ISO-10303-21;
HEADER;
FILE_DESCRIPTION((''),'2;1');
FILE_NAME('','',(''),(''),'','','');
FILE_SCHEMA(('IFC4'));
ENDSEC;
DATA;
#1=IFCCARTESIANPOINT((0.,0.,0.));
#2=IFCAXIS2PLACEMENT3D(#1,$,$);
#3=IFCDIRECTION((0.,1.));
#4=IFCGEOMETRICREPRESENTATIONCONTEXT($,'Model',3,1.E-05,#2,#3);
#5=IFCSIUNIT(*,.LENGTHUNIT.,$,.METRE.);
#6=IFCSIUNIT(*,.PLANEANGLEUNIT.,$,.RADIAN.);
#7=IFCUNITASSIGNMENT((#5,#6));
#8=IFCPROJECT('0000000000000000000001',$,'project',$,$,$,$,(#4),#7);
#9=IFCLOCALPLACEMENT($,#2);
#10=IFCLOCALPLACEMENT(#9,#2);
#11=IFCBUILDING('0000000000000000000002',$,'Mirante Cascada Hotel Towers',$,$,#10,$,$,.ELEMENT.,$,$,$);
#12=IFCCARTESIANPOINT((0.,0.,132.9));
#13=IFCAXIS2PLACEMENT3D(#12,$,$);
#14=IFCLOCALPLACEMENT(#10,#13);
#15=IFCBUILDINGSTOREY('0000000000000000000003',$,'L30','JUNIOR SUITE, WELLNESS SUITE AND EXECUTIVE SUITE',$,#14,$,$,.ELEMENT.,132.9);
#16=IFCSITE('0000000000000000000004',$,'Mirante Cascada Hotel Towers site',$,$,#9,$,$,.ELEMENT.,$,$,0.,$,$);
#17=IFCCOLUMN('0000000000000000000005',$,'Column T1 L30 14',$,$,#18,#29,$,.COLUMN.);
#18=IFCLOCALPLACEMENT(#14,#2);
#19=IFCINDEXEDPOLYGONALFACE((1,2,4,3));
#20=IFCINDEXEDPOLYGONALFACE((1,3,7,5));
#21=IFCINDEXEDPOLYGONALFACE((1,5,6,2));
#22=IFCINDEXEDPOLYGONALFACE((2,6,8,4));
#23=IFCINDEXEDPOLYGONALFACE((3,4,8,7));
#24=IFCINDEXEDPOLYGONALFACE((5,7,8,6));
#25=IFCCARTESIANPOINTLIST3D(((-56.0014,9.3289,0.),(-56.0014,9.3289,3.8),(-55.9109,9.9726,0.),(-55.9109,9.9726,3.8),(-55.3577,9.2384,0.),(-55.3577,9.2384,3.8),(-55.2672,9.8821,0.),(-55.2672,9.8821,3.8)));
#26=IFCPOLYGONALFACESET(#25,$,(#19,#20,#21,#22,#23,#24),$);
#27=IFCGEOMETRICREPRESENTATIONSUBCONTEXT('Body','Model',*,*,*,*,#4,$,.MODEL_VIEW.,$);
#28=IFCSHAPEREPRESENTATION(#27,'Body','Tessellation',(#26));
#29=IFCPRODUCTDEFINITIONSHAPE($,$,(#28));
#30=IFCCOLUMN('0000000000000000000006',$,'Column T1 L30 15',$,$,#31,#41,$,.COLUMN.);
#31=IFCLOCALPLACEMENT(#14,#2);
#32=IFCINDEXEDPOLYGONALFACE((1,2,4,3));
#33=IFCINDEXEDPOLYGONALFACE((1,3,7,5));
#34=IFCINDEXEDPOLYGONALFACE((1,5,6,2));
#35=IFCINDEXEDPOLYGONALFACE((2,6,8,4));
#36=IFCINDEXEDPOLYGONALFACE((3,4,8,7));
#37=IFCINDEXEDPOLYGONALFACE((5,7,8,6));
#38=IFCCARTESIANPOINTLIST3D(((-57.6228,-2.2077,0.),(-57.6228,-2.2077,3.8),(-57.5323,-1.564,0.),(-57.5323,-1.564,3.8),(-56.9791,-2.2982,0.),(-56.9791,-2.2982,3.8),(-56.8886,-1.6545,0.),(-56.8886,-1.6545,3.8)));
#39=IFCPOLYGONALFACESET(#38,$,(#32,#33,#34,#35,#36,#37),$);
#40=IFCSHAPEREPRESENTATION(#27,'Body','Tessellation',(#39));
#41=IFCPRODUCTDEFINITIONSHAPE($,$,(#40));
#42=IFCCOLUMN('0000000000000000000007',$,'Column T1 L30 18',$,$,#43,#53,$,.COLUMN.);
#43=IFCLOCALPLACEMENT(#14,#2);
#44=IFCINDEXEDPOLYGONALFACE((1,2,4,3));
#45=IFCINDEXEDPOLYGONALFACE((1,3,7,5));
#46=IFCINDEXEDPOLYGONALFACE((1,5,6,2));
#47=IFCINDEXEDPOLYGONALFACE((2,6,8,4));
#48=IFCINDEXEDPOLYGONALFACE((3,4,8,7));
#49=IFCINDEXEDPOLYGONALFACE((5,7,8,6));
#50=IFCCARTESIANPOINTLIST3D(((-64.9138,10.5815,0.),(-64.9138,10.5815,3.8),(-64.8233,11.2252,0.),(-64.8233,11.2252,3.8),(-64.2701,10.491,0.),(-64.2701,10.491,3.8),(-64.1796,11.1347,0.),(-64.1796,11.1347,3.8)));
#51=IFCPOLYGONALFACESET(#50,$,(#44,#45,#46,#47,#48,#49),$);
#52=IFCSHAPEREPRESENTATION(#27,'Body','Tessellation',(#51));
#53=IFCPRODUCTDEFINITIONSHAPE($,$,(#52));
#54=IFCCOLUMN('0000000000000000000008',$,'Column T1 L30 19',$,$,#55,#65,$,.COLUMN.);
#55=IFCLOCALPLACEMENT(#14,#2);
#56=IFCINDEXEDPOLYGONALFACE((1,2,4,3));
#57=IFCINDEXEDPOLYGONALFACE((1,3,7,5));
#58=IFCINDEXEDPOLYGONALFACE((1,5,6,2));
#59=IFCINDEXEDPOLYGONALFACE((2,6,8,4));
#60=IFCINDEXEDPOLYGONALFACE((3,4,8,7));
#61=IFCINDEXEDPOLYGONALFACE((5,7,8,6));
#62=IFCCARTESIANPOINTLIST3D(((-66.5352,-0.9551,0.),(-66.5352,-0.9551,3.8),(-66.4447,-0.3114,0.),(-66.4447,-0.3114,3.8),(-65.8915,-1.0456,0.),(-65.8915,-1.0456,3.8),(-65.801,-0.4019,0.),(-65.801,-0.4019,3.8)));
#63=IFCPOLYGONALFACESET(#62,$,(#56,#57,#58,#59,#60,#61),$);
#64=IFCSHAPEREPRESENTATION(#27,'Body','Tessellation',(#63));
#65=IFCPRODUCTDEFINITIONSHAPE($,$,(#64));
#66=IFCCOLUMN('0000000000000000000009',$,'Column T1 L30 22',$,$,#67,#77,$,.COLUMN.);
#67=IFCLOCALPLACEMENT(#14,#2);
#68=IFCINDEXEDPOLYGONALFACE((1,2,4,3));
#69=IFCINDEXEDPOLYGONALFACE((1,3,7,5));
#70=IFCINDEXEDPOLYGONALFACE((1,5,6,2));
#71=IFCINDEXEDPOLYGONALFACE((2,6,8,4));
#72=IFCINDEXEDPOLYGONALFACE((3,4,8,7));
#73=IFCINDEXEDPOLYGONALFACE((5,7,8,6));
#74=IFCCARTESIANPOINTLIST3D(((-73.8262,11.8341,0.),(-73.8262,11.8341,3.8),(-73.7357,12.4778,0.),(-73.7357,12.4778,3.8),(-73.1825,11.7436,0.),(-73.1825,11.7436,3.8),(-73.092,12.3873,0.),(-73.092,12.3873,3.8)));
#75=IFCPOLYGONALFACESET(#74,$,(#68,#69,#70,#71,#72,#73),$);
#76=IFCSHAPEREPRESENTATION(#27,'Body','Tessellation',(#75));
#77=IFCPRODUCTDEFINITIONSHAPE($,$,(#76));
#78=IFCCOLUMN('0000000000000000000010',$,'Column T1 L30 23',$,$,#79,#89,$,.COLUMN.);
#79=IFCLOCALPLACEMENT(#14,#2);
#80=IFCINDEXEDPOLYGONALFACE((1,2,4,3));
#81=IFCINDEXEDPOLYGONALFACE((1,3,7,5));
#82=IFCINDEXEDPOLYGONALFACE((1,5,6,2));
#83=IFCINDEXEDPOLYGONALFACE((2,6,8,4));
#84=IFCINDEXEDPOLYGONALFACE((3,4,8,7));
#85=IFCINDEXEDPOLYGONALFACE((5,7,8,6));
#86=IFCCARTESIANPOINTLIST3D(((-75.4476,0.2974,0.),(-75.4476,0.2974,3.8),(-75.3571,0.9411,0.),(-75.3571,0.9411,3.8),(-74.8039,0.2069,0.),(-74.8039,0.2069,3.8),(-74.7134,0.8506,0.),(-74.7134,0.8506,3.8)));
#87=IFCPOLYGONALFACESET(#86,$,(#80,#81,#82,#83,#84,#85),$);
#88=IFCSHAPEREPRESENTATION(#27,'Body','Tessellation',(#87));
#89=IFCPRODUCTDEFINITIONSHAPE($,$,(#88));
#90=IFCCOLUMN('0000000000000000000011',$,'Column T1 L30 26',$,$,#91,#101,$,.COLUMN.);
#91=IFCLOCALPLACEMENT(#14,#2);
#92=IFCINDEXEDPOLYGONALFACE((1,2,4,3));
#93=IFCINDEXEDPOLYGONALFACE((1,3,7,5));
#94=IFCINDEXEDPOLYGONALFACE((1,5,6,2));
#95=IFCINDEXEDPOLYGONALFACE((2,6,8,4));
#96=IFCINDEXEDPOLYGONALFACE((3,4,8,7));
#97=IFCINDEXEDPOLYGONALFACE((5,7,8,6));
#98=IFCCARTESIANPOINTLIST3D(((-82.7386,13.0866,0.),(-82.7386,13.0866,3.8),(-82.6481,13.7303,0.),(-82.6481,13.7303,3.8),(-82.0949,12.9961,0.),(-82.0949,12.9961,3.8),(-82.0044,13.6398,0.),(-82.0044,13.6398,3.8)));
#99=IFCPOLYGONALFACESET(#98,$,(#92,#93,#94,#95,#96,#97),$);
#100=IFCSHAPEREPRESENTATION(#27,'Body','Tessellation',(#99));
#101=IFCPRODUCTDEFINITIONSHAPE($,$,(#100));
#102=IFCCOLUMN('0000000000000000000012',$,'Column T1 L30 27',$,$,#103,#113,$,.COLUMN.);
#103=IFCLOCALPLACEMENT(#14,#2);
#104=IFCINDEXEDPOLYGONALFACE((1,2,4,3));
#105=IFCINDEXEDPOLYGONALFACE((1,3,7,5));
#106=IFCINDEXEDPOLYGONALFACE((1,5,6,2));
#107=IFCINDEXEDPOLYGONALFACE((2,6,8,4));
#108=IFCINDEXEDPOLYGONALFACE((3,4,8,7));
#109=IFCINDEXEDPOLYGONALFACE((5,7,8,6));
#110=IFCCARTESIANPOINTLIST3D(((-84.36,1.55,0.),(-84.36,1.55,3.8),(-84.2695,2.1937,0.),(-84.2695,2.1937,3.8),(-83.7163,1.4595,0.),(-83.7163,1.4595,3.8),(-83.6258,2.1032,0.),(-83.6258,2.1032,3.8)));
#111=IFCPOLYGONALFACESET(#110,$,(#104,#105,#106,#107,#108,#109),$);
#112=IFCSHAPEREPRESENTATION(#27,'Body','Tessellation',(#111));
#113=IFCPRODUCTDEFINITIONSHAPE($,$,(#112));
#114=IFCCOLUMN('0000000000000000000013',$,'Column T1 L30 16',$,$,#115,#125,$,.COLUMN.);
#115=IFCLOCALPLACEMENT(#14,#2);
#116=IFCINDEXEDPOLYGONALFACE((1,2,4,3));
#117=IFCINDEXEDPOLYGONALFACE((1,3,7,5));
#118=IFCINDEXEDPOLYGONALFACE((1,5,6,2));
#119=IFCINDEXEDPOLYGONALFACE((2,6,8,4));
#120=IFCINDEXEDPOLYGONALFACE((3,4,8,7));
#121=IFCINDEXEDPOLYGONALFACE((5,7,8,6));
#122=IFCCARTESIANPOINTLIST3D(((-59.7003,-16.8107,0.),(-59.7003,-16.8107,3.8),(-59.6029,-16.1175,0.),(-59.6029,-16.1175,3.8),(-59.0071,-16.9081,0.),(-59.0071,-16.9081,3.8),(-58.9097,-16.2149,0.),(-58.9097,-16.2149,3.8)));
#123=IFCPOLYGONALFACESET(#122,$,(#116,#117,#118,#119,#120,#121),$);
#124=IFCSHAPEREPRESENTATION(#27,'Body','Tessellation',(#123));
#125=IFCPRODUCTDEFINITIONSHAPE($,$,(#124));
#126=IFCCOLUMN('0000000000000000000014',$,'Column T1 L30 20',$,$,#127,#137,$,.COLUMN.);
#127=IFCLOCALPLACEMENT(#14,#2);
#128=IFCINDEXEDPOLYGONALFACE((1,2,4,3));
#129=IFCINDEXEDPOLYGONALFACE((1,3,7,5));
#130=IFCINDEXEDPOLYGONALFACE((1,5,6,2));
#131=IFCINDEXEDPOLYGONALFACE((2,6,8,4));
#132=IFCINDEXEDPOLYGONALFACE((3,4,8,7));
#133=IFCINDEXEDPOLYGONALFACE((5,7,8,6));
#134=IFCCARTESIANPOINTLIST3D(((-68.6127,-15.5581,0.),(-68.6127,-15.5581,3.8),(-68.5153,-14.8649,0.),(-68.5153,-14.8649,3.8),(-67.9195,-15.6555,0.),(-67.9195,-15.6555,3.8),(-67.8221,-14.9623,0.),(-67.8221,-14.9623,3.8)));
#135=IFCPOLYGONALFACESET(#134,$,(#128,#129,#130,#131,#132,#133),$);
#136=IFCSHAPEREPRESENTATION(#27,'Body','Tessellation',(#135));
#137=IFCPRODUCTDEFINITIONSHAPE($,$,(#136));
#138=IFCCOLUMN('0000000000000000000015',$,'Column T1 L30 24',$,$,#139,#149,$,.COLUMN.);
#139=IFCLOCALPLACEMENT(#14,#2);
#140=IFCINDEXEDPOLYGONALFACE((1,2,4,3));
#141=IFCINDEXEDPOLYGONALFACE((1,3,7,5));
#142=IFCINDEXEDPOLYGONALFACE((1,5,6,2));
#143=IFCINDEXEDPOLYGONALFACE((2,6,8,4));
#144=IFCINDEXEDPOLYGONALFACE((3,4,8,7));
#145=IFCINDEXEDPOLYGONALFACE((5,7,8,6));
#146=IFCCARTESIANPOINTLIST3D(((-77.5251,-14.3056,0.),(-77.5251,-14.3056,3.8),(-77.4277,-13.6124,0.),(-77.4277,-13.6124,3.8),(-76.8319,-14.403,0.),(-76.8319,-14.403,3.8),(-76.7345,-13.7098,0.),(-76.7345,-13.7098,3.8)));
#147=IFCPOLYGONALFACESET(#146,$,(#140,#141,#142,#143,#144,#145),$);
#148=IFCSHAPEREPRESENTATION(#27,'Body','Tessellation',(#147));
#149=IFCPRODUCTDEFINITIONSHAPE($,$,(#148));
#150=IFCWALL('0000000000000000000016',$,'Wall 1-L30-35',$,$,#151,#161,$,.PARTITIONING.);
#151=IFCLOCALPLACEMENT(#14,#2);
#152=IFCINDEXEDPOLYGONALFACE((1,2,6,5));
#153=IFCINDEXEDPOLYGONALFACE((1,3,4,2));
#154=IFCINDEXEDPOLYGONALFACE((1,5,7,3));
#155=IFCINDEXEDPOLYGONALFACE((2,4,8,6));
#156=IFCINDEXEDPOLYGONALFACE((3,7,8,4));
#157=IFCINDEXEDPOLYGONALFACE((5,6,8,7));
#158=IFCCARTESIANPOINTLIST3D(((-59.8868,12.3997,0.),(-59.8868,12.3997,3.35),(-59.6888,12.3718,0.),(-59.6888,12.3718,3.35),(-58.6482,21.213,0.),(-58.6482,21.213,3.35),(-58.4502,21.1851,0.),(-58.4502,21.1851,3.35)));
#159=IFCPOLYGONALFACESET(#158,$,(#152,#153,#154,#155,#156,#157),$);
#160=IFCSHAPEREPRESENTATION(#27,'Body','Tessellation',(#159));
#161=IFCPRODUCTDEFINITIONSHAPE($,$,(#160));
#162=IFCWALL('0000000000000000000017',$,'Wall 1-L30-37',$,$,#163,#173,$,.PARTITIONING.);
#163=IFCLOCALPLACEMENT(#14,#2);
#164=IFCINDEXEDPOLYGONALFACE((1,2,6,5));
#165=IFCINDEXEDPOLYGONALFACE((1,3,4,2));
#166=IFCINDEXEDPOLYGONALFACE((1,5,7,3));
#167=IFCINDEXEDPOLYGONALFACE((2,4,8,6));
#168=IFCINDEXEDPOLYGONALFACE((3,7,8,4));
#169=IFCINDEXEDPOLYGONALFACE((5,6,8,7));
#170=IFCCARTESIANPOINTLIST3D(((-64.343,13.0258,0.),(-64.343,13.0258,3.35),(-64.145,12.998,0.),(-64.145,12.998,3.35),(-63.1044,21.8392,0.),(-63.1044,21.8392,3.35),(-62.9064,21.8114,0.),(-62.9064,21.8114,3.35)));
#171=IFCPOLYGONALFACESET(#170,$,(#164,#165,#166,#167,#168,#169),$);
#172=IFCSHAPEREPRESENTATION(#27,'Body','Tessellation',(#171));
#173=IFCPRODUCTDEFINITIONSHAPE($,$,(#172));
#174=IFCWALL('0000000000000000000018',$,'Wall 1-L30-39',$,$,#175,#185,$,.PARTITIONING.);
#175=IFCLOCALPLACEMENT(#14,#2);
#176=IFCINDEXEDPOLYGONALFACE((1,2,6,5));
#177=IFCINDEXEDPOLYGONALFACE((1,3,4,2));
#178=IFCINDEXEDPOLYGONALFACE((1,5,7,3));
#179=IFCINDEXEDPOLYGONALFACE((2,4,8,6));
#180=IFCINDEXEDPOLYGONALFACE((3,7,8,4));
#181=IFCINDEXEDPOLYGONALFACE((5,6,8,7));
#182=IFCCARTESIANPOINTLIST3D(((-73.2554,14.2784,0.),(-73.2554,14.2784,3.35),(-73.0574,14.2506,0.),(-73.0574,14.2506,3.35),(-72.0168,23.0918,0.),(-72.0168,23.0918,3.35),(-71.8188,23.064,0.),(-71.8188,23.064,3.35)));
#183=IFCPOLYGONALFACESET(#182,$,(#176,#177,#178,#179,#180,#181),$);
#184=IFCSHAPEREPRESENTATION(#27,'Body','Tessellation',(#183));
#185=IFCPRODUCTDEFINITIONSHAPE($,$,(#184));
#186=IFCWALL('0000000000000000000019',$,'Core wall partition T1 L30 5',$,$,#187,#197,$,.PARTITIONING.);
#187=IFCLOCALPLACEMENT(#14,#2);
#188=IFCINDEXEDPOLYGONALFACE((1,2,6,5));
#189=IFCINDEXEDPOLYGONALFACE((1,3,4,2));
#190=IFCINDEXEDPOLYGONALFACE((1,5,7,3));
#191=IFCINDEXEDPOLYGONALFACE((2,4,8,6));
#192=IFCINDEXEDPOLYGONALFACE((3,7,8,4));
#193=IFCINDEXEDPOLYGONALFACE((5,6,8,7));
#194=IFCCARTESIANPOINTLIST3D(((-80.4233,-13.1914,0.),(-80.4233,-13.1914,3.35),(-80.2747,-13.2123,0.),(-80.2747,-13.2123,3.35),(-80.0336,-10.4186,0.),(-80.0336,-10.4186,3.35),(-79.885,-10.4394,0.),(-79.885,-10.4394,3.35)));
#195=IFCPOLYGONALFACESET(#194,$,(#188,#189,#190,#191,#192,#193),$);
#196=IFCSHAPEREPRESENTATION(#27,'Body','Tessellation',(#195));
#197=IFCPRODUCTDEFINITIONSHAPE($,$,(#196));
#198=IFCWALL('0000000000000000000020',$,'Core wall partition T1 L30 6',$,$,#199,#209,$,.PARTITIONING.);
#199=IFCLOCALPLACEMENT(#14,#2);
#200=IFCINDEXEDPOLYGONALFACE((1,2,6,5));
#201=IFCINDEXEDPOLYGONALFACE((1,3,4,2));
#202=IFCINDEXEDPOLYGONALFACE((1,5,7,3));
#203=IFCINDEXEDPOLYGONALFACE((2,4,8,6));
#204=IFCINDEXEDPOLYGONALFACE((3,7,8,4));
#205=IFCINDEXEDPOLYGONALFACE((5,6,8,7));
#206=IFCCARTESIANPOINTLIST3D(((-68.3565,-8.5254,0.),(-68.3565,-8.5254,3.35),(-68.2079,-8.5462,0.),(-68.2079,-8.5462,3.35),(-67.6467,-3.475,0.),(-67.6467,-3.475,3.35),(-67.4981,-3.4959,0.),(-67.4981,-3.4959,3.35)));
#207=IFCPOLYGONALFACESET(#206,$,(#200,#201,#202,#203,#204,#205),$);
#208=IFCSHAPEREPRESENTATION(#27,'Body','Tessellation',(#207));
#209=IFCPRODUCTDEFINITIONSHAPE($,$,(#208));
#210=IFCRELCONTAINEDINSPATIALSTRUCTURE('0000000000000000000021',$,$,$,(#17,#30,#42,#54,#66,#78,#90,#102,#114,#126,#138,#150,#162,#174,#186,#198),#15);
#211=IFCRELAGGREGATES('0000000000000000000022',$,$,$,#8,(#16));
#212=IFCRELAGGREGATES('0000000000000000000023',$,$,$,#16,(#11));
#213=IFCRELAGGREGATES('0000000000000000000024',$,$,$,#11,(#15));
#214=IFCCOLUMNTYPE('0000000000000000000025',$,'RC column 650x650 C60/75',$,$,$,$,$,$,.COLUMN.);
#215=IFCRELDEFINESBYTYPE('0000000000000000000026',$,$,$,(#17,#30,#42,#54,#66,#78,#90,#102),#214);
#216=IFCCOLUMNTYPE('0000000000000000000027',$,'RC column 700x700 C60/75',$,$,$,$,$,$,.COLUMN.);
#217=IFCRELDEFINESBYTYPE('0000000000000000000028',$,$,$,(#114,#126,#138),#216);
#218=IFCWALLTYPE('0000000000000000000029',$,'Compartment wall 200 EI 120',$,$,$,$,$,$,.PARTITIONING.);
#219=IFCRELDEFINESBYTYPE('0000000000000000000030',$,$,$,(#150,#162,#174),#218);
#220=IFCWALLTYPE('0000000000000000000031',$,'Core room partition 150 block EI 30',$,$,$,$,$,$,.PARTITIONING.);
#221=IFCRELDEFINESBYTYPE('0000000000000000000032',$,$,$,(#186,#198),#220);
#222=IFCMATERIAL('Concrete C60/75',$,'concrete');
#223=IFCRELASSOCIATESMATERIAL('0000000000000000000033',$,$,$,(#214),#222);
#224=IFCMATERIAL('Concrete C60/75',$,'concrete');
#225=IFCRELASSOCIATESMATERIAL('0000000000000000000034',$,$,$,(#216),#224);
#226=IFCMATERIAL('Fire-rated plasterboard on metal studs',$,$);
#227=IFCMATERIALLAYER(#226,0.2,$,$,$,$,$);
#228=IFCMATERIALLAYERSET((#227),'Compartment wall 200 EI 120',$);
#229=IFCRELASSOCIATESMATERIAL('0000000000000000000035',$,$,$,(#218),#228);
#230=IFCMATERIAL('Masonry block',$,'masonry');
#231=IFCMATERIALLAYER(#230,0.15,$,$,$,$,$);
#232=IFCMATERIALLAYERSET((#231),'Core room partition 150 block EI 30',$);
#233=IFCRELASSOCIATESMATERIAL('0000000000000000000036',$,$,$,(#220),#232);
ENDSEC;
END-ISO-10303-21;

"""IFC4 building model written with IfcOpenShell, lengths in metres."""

from ifc_helpers import new_model, si_unit, direction, frame, frame_2d, origin, origin_2d, place, context, subcontext, project, spatial, rectangle, extrude, material, layer, layer_set, material_profile, profile_set, type_object, element, save


model = new_model("IFC4")

# Units and contexts
model_context = context("Model", 3, precision=1e-05, world=origin(), true_north=direction((0.0, 1.0)))
body_context = subcontext(model_context, "Body", "Model", "MODEL_VIEW")
ifc_project = project(units=[si_unit("LENGTHUNIT", "METRE"), si_unit("PLANEANGLEUNIT", "RADIAN")], contexts=[model_context])

# Site, building, storey
site_placement = place(None, origin())
site = spatial("IfcSite", under=ifc_project, at=site_placement, Name="Mirante Cascada Hotel Towers site", CompositionType="ELEMENT", RefElevation=0.0)
building_placement = place(site_placement, origin())
building = spatial("IfcBuilding", under=site, at=building_placement, Name="Mirante Cascada Hotel Towers", CompositionType="ELEMENT")
storey_placement = place(building_placement, frame((0.0, 0.0, 132.9)))
storey = spatial("IfcBuildingStorey", under=building, at=storey_placement, Name="L30", Description="JUNIOR SUITE, WELLNESS SUITE AND EXECUTIVE SUITE", CompositionType="ELEMENT", Elevation=132.9)

# Columns
ifc_material_1 = material(Name="Concrete C60/75", Category="concrete")
ifc_material_profile_1 = material_profile(ifc_material_1, rectangle(XDim=0.65, YDim=0.65, at=origin_2d()), Name="RC column 650x650 C60/75")
ifc_profile_set_1 = profile_set([ifc_material_profile_1], Name="Concrete C60/75")
column_type_1 = type_object("IfcColumnType", Name="RC column 650x650 C60/75", PredefinedType="COLUMN", material=ifc_profile_set_1)
for number, where, z_axis, x_axis, name in (
    (1, (-55.6343, 9.6055, 0.0), (0.0, 0.0, 1.0), (-0.990268, 0.139173, 0.0), "Column T1 L30 14"),
    (2, (-57.2557, -1.9311, 0.0), (0.0, 0.0, 1.0), (-0.990268, 0.139173, 0.0), "Column T1 L30 15"),
    (3, (-64.5467, 10.8581, 0.0), (0.0, 0.0, 1.0), (-0.990268, 0.139173, 0.0), "Column T1 L30 18"),
    (4, (-66.1681, -0.6785, 0.0), (0.0, 0.0, 1.0), (-0.990268, 0.139173, 0.0), "Column T1 L30 19"),
    (5, (-73.4591, 12.1107, 0.0), (0.0, 0.0, 1.0), (-0.990268, 0.139173, 0.0), "Column T1 L30 22"),
    (6, (-75.0805, 0.574, 0.0), (0.0, 0.0, 1.0), (-0.990268, 0.139173, 0.0), "Column T1 L30 23"),
    (7, (-82.3715, 13.3632, 0.0), (0.0, 0.0, 1.0), (-0.990268, 0.139173, 0.0), "Column T1 L30 26"),
    (8, (-83.9929, 1.8266, 0.0), (0.0, 0.0, 1.0), (-0.990268, 0.139173, 0.0), "Column T1 L30 27"),
):
    element("IfcColumn", number, at=place(storey_placement, frame(where, z_axis=z_axis, x_axis=x_axis)), inside=storey, type_object=column_type_1, Name=name, PredefinedType="COLUMN", context=body_context, shape_type="SweptSolid", body=[
        extrude(rectangle(XDim=0.65, YDim=0.65, at=origin_2d()), origin(), (0.0, 0.0, 1.0), 3.8),
    ])
ifc_material_2 = material(Name="Concrete C60/75", Category="concrete")
ifc_material_profile_2 = material_profile(ifc_material_2, rectangle(XDim=0.7, YDim=0.7, at=origin_2d()), Name="RC column 700x700 C60/75")
ifc_profile_set_2 = profile_set([ifc_material_profile_2], Name="Concrete C60/75")
column_type_2 = type_object("IfcColumnType", Name="RC column 700x700 C60/75", PredefinedType="COLUMN", material=ifc_profile_set_2)
for number, where, z_axis, x_axis, name in (
    (9, (-59.305, -16.5128, 0.0), (0.0, 0.0, 1.0), (-0.990268, 0.139173, 0.0), "Column T1 L30 16"),
    (10, (-68.2174, -15.2602, 0.0), (0.0, 0.0, 1.0), (-0.990268, 0.139173, 0.0), "Column T1 L30 20"),
    (11, (-77.1298, -14.0077, 0.0), (0.0, 0.0, 1.0), (-0.990268, 0.139173, 0.0), "Column T1 L30 24"),
):
    element("IfcColumn", number, at=place(storey_placement, frame(where, z_axis=z_axis, x_axis=x_axis)), inside=storey, type_object=column_type_2, Name=name, PredefinedType="COLUMN", context=body_context, shape_type="SweptSolid", body=[
        extrude(rectangle(XDim=0.7, YDim=0.7, at=origin_2d()), origin(), (0.0, 0.0, 1.0), 3.8),
    ])

# Walls
ifc_material_3 = material(Name="Fire-rated plasterboard on metal studs")
ifc_layer_1 = layer(ifc_material_3, 0.2)
ifc_layer_set_1 = layer_set([ifc_layer_1], Name="Compartment wall 200 EI 120")
wall_type_1 = type_object("IfcWallType", Name="Compartment wall 200 EI 120", PredefinedType="PARTITIONING", material=ifc_layer_set_1)
wall_1_placement = place(storey_placement, frame((-59.7878, 12.3857, 0.0), z_axis=(0.0, 0.0, 1.0), x_axis=(0.13917, 0.990268, 0.0)))
element("IfcWall", 12, at=wall_1_placement, inside=storey, type_object=wall_type_1, Name="Wall 1-L30-35", PredefinedType="PARTITIONING", context=body_context, shape_type="SweptSolid", body=[
    extrude(rectangle(XDim=8.8999, YDim=0.2, at=frame_2d((4.45, 0.0))), origin(), (0.0, 0.0, 1.0), 3.35),
])
for number, where, z_axis, x_axis, name in (
    (13, (-64.244, 13.0119, 0.0), (0.0, 0.0, 1.0), (0.139168, 0.990269, 0.0), "Wall 1-L30-37"),
    (14, (-73.1564, 14.2645, 0.0), (0.0, 0.0, 1.0), (0.139168, 0.990269, 0.0), "Wall 1-L30-39"),
):
    element("IfcWall", number, at=place(storey_placement, frame(where, z_axis=z_axis, x_axis=x_axis)), inside=storey, type_object=wall_type_1, Name=name, PredefinedType="PARTITIONING", context=body_context, shape_type="SweptSolid", body=[
        extrude(rectangle(XDim=8.9, YDim=0.2, at=frame_2d((4.45, 0.0))), origin(), (0.0, 0.0, 1.0), 3.35),
    ])
ifc_material_4 = material(Name="Masonry block", Category="masonry")
ifc_layer_2 = layer(ifc_material_4, 0.15)
ifc_layer_set_2 = layer_set([ifc_layer_2], Name="Core room partition 150 block EI 30")
wall_type_2 = type_object("IfcWallType", Name="Core room partition 150 block EI 30", PredefinedType="PARTITIONING", material=ifc_layer_set_2)
wall_2_placement = place(storey_placement, frame((-80.349, -13.2018, 0.0), z_axis=(0.0, 0.0, 1.0), x_axis=(0.139176, 0.990268, 0.0)))
element("IfcWall", 15, at=wall_2_placement, inside=storey, type_object=wall_type_2, Name="Core wall partition T1 L30 5", PredefinedType="PARTITIONING", context=body_context, shape_type="SweptSolid", body=[
    extrude(rectangle(XDim=2.8001, YDim=0.15, at=frame_2d((1.4, 0.0))), origin(), (0.0, 0.0, 1.0), 3.35),
])
wall_3_placement = place(storey_placement, frame((-68.2822, -8.5358, 0.0), z_axis=(0.0, 0.0, 1.0), x_axis=(0.139176, 0.990268, 0.0)))
element("IfcWall", 16, at=wall_3_placement, inside=storey, type_object=wall_type_2, Name="Core wall partition T1 L30 6", PredefinedType="PARTITIONING", context=body_context, shape_type="SweptSolid", body=[
    extrude(rectangle(XDim=5.1, YDim=0.15, at=frame_2d((2.55, 0.0))), origin(), (0.0, 0.0, 1.0), 3.35),
])

save(model, "model.ifc")
